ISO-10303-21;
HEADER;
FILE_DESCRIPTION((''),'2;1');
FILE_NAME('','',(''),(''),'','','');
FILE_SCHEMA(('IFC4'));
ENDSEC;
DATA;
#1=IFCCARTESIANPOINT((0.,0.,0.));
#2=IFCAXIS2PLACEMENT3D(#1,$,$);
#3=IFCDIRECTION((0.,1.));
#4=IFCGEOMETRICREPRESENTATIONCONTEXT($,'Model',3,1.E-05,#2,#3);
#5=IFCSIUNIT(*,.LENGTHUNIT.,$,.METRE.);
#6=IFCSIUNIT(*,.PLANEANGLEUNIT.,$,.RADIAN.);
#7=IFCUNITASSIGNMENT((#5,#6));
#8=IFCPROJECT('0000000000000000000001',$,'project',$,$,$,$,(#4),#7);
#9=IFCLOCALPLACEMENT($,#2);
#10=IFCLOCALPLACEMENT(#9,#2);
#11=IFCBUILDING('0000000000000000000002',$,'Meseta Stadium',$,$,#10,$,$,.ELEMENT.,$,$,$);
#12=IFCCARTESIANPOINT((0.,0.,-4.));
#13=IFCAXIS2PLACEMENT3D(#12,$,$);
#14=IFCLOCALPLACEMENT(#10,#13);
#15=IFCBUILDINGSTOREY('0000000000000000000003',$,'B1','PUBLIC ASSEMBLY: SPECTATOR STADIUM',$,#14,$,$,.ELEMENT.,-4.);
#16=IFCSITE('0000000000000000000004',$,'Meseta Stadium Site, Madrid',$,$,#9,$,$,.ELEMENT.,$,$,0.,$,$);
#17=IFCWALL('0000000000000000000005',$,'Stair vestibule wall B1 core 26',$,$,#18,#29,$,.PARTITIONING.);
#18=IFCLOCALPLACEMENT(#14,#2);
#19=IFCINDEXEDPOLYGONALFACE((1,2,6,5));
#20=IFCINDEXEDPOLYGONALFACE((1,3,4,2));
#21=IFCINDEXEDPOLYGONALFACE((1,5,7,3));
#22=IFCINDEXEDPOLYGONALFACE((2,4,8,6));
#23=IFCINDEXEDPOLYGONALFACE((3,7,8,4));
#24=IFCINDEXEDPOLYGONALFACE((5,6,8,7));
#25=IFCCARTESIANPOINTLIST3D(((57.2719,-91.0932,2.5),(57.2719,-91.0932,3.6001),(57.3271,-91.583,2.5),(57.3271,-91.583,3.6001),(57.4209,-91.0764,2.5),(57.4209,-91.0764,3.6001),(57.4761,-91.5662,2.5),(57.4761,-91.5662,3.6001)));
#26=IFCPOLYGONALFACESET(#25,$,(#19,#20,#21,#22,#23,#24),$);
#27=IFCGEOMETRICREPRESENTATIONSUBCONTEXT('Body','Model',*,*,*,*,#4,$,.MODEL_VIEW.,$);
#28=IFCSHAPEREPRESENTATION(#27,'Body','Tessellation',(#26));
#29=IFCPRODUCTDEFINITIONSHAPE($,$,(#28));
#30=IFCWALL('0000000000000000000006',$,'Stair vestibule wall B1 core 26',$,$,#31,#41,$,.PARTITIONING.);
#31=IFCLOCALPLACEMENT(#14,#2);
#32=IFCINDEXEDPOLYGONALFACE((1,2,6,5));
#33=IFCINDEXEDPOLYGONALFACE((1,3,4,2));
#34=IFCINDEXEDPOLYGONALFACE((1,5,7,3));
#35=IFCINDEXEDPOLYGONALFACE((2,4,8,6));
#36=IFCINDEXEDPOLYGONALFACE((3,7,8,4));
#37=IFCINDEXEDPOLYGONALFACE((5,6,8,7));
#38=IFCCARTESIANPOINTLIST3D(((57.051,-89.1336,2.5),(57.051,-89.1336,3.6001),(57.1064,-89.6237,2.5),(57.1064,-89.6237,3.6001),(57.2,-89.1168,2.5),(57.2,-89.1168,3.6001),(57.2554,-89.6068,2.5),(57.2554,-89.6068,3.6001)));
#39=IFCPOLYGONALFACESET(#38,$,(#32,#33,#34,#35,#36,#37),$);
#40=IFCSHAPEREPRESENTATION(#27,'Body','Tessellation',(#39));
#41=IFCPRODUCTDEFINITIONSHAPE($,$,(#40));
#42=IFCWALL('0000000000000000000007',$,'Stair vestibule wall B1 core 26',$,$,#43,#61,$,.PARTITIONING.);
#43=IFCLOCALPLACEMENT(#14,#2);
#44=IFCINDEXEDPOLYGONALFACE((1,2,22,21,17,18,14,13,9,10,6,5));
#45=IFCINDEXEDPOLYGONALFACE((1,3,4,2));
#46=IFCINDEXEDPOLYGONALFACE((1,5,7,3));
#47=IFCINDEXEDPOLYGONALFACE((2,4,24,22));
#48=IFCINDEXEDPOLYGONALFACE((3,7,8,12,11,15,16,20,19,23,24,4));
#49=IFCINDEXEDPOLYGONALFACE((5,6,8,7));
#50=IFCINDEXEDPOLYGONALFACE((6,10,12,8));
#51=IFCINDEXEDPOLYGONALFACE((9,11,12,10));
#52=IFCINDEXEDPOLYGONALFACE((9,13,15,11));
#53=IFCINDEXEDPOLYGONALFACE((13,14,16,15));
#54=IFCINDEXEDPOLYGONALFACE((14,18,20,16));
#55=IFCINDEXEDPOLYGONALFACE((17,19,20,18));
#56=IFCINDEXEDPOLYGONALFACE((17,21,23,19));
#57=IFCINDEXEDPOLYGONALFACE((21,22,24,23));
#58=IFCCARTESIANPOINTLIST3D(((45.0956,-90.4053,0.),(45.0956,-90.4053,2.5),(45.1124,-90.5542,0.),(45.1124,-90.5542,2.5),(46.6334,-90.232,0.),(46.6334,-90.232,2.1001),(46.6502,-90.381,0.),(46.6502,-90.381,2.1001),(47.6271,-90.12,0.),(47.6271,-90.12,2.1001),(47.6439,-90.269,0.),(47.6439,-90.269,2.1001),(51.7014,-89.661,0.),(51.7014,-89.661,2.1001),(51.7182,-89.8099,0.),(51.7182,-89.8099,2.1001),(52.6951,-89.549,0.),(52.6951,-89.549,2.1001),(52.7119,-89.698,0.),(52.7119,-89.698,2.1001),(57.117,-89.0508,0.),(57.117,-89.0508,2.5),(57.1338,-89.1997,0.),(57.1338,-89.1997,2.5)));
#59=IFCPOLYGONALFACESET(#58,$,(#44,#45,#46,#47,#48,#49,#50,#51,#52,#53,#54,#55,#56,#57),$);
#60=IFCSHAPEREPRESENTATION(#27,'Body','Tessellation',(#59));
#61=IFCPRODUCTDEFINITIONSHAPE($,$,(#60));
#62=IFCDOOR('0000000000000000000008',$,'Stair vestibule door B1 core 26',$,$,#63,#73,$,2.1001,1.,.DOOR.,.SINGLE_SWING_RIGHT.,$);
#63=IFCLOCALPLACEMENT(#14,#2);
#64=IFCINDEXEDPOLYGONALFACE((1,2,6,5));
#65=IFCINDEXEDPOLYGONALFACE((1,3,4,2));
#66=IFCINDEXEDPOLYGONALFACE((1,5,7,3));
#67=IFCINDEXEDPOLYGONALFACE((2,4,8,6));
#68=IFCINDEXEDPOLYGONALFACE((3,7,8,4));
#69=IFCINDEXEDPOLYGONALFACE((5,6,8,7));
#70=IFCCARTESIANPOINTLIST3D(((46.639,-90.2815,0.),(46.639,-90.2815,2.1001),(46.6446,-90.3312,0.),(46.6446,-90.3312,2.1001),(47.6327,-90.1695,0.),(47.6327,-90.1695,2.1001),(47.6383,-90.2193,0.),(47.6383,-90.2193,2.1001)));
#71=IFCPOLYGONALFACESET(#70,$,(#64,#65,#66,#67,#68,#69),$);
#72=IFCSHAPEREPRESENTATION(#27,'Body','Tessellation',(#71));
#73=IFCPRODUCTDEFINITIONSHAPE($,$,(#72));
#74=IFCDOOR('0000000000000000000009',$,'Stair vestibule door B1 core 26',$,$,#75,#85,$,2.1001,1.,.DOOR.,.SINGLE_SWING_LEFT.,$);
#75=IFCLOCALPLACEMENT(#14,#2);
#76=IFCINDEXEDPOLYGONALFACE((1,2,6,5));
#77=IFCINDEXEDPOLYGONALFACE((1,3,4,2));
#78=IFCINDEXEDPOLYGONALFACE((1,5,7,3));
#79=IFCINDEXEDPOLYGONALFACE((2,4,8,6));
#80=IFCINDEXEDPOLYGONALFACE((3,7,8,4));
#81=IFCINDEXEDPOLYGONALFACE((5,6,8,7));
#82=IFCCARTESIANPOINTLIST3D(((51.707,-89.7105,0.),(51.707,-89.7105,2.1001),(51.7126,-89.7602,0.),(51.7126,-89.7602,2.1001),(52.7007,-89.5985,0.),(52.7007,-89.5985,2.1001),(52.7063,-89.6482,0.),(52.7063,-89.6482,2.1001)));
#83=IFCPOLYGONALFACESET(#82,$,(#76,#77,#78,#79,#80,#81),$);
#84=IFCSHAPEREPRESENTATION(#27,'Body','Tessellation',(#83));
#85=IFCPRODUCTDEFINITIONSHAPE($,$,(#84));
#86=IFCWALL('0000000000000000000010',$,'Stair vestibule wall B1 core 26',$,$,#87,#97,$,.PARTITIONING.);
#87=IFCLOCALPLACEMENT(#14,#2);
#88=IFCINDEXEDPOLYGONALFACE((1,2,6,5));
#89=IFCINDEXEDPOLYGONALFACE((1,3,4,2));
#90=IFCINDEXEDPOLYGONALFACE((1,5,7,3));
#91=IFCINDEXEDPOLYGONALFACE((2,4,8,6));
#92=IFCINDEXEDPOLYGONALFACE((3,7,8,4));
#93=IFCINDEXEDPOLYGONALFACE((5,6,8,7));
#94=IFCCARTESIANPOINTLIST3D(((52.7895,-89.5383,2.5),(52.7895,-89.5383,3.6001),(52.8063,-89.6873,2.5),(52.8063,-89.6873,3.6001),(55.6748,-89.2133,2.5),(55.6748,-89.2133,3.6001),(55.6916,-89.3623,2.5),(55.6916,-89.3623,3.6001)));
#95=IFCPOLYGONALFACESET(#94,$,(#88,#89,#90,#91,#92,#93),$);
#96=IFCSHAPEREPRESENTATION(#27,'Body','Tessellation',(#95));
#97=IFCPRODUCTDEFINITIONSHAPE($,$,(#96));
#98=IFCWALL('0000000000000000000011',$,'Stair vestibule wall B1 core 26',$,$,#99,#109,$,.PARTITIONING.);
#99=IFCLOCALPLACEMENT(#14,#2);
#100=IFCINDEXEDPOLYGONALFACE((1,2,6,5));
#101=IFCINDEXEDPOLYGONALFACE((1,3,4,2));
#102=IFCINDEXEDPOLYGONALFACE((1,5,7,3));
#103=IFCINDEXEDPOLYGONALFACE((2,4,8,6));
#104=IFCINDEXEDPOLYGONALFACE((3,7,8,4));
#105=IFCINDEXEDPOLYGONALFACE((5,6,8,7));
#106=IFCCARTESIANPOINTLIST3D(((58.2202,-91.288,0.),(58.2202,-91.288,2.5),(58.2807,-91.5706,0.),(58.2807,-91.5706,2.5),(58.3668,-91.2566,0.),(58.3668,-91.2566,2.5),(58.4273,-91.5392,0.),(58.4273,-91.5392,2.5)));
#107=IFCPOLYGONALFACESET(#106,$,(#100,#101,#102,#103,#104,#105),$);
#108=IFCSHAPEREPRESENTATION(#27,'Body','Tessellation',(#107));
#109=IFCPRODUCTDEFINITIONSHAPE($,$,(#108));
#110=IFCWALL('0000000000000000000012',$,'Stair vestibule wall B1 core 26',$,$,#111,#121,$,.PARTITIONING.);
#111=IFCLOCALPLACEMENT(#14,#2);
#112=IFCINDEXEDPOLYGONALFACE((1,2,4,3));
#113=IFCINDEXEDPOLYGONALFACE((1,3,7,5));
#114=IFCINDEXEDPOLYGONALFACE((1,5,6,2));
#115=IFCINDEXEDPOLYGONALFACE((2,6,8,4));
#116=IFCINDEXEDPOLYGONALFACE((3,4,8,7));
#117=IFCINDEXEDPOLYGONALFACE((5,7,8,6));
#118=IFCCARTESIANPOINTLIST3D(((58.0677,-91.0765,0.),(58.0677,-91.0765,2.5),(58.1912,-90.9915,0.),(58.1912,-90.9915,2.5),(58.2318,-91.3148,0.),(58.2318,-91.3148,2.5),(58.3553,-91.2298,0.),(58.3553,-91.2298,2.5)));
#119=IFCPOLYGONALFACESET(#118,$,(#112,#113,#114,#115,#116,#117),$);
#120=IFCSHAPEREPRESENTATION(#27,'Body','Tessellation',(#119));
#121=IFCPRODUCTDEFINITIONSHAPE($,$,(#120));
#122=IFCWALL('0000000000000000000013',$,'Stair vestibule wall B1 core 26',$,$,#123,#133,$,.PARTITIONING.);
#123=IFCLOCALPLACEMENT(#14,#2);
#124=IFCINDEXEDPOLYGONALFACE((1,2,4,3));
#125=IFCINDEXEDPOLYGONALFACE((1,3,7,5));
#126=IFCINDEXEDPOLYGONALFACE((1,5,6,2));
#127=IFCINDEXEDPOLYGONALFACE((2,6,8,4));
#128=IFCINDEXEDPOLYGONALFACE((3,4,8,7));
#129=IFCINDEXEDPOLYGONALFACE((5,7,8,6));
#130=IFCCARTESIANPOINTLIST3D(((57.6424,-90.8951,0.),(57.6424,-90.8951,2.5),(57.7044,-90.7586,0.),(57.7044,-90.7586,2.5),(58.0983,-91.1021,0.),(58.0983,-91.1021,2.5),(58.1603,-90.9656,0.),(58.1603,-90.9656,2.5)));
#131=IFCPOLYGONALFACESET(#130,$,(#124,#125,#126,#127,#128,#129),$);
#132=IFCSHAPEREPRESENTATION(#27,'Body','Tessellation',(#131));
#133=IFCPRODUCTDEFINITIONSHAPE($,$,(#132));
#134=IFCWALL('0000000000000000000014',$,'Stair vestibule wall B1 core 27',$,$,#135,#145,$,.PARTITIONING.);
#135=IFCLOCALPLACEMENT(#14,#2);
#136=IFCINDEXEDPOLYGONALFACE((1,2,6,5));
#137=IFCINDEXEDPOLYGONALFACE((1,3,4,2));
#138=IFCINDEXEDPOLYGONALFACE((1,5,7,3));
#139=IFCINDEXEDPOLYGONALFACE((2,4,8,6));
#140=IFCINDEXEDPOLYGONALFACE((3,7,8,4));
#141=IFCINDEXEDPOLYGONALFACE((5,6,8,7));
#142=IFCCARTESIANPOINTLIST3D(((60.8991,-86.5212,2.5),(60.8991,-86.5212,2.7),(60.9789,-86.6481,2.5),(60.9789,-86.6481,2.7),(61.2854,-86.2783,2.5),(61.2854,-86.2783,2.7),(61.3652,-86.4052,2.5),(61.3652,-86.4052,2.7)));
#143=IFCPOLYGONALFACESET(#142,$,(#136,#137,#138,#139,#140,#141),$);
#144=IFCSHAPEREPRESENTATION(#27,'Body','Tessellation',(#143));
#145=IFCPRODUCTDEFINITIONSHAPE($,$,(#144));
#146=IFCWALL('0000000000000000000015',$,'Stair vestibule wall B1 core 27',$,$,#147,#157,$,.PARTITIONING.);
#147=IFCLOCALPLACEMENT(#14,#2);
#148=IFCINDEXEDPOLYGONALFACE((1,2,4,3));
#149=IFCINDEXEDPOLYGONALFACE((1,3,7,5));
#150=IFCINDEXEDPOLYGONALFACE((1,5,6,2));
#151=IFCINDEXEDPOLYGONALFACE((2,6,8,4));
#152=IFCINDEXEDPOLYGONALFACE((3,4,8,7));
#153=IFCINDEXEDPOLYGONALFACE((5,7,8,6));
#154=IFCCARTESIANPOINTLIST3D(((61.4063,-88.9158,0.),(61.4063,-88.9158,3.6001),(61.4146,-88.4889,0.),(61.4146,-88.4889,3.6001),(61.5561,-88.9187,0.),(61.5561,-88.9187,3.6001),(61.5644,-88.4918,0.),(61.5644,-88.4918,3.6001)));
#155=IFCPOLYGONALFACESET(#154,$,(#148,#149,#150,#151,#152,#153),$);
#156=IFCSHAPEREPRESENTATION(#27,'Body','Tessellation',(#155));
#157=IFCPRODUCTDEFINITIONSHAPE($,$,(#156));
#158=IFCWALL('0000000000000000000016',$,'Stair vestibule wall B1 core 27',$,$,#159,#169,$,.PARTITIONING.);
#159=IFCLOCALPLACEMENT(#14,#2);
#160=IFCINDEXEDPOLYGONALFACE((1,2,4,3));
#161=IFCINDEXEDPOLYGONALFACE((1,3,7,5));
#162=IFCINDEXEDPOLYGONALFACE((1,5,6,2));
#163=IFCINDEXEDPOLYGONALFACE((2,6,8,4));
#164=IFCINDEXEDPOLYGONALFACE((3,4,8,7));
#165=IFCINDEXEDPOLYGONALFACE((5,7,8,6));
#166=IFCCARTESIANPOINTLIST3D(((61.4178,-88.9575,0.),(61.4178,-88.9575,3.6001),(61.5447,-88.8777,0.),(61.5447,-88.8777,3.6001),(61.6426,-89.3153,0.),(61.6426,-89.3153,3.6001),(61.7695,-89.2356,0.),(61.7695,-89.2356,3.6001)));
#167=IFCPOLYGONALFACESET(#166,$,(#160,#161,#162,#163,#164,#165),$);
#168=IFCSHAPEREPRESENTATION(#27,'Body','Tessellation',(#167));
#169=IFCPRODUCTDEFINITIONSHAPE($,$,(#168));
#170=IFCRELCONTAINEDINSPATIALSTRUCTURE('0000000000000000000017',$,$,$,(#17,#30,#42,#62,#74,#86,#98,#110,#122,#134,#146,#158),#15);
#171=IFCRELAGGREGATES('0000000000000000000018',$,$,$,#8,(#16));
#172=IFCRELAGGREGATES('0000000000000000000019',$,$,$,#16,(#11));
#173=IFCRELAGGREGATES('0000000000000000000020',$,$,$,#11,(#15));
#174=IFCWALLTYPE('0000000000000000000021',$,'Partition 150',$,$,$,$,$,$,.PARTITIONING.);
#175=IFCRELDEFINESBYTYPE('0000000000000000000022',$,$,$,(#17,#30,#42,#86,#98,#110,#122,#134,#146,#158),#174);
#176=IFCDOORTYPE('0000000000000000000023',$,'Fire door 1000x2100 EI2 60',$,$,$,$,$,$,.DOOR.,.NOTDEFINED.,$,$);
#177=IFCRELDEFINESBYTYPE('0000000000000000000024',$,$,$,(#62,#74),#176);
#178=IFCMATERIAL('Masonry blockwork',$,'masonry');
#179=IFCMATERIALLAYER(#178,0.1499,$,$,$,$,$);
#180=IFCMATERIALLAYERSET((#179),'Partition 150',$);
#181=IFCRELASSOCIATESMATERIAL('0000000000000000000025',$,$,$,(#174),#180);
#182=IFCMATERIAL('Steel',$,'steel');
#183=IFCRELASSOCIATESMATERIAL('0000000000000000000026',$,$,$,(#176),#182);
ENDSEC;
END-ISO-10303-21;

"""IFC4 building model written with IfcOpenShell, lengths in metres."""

from ifc_helpers import new_model, si_unit, direction, frame, frame_2d, origin, place, context, subcontext, project, spatial, rectangle, extrude, material, layer, layer_set, type_object, element, fill, save


model = new_model("IFC4")

# Units and contexts
model_context = context("Model", 3, precision=1e-05, world=origin(), true_north=direction((0.0, 1.0)))
body_context = subcontext(model_context, "Body", "Model", "MODEL_VIEW")
ifc_project = project(units=[si_unit("LENGTHUNIT", "METRE"), si_unit("PLANEANGLEUNIT", "RADIAN")], contexts=[model_context])

# Site, building, storey
site_placement = place(None, origin())
site = spatial("IfcSite", under=ifc_project, at=site_placement, Name="Meseta Stadium Site, Madrid", CompositionType="ELEMENT", RefElevation=0.0)
building_placement = place(site_placement, origin())
building = spatial("IfcBuilding", under=site, at=building_placement, Name="Meseta Stadium", CompositionType="ELEMENT")
storey_placement = place(building_placement, frame((0.0, 0.0, -4.0)))
storey = spatial("IfcBuildingStorey", under=building, at=storey_placement, Name="B1", Description="PUBLIC ASSEMBLY: SPECTATOR STADIUM", CompositionType="ELEMENT", Elevation=-4.0)

# Shared definitions
ifc_material_1 = material(Name="Masonry blockwork", Category="masonry")
ifc_layer = layer(ifc_material_1, 0.1499)
ifc_layer_set = layer_set([ifc_layer], Name="Partition 150")
wall_type = type_object("IfcWallType", Name="Partition 150", PredefinedType="PARTITIONING", material=ifc_layer_set)

# Shared definitions
ifc_material_2 = material(Name="Steel", Category="steel")
door_type = type_object("IfcDoorType", Name="Fire door 1000x2100 EI2 60", OperationType="NOTDEFINED", PredefinedType="DOOR", material=ifc_material_2)

# Walls
wall_1_placement = place(storey_placement, frame((57.4016, -91.5747, 2.5), z_axis=(0.0, 0.0, 1.0), x_axis=(-0.111954, 0.993713, 0.0)))
element("IfcWall", 1, at=wall_1_placement, inside=storey, type_object=wall_type, Name="Stair vestibule wall B1 core 26", PredefinedType="PARTITIONING", context=body_context, shape_type="SweptSolid", body=[
    extrude(rectangle(XDim=0.4929, YDim=0.1499, at=frame_2d((0.2466, 0.0))), origin(), (0.0, 0.0, 1.0), 1.1001),
])
wall_2_placement = place(storey_placement, frame((57.1809, -89.6152, 2.5), z_axis=(0.0, 0.0, 1.0), x_axis=(-0.112388, 0.993664, 0.0)))
element("IfcWall", 2, at=wall_2_placement, inside=storey, type_object=wall_type, Name="Stair vestibule wall B1 core 26", PredefinedType="PARTITIONING", context=body_context, shape_type="SweptSolid", body=[
    extrude(rectangle(XDim=0.4932, YDim=0.1499, at=frame_2d((0.2466, 0.0))), origin(), (0.0, 0.0, 1.0), 1.1001),
])

# Wall, openings, doors
wall_3_placement = place(storey_placement, frame((57.1255, -89.1252, 0.0), z_axis=(0.0, 0.0, 1.0), x_axis=(-0.993712, -0.111966, 0.0)))
wall_3 = element("IfcWall", 3, at=wall_3_placement, inside=storey, type_object=wall_type, Name="Stair vestibule wall B1 core 26", PredefinedType="PARTITIONING", context=body_context, shape_type="SweptSolid", body=[
    extrude(rectangle(XDim=12.0974, YDim=0.1499, at=frame_2d((6.0488, 0.0))), origin(), (0.0, 0.0, 1.0), 2.5),
])
opening_1_placement = place(wall_3_placement, frame((9.55, 0.0, 0.0)))
opening_1 = element("IfcOpeningElement", 4, at=opening_1_placement, cuts=wall_3, PredefinedType="OPENING", context=body_context, shape_type="SweptSolid", body=[
    extrude(rectangle(XDim=1.0, YDim=2.1001, at=frame_2d((0.5, 1.05))), frame((0.0, 0.085, 0.0), z_axis=(0.0, -1.0, 0.0), x_axis=(1.0, 0.0, 0.0)), (0.0, 0.0, 1.0), 0.1699),
])
opening_2_placement = place(wall_3_placement, frame((4.45, 0.0, 0.0)))
opening_2 = element("IfcOpeningElement", 5, at=opening_2_placement, cuts=wall_3, PredefinedType="OPENING", context=body_context, shape_type="SweptSolid", body=[
    extrude(rectangle(XDim=1.0, YDim=2.1001, at=frame_2d((0.5, 1.05))), frame((0.0, 0.085, 0.0), z_axis=(0.0, -1.0, 0.0), x_axis=(1.0, 0.0, 0.0)), (0.0, 0.0, 1.0), 0.1699),
])
door_1_placement = place(opening_1_placement, origin())
door_1 = element("IfcDoor", 6, at=door_1_placement, inside=storey, type_object=door_type, Name="Stair vestibule door B1 core 26", OperationType="SINGLE_SWING_RIGHT", OverallHeight=2.1001, OverallWidth=1.0, PredefinedType="DOOR", context=body_context, shape_type="SweptSolid", body=[
    extrude(rectangle(XDim=1.0, YDim=2.1001, at=frame_2d((0.5, 1.05))), frame((0.0, 0.0249, 0.0), z_axis=(0.0, -1.0, 0.0), x_axis=(1.0, 0.0, 0.0)), (0.0, 0.0, 1.0), 0.05),
])
fill(opening_1, door_1)
door_2_placement = place(opening_2_placement, origin())
door_2 = element("IfcDoor", 7, at=door_2_placement, inside=storey, type_object=door_type, Name="Stair vestibule door B1 core 26", OperationType="SINGLE_SWING_LEFT", OverallHeight=2.1001, OverallWidth=1.0, PredefinedType="DOOR", context=body_context, shape_type="SweptSolid", body=[
    extrude(rectangle(XDim=1.0, YDim=2.1001, at=frame_2d((0.5, 1.05))), frame((0.0, 0.0249, 0.0), z_axis=(0.0, -1.0, 0.0), x_axis=(1.0, 0.0, 0.0)), (0.0, 0.0, 1.0), 0.05),
])
fill(opening_2, door_2)

# Walls
wall_4_placement = place(storey_placement, frame((55.6831, -89.2878, 2.5), z_axis=(0.0, 0.0, 1.0), x_axis=(-0.993718, -0.111917, 0.0)))
element("IfcWall", 8, at=wall_4_placement, inside=storey, type_object=wall_type, Name="Stair vestibule wall B1 core 26", PredefinedType="PARTITIONING", context=body_context, shape_type="SweptSolid", body=[
    extrude(rectangle(XDim=2.9036, YDim=0.1499, at=frame_2d((1.4517, 0.0))), origin(), (0.0, 0.0, 1.0), 1.1001),
])
wall_5_placement = place(storey_placement, frame((58.354, -91.5549, 0.0), z_axis=(0.0, 0.0, 1.0), x_axis=(-0.209414, 0.977827, 0.0)))
element("IfcWall", 9, at=wall_5_placement, inside=storey, type_object=wall_type, Name="Stair vestibule wall B1 core 26", PredefinedType="PARTITIONING", context=body_context, shape_type="SweptSolid", body=[
    extrude(rectangle(XDim=0.2891, YDim=0.1499, at=frame_2d((0.1445, 0.0))), origin(), (0.0, 0.0, 1.0), 2.5),
])
wall_6_placement = place(storey_placement, frame((58.2935, -91.2722, 0.0), z_axis=(0.0, 0.0, 1.0), x_axis=(-0.567102, 0.823648, 0.0)))
element("IfcWall", 10, at=wall_6_placement, inside=storey, type_object=wall_type, Name="Stair vestibule wall B1 core 26", PredefinedType="PARTITIONING", context=body_context, shape_type="SweptSolid", body=[
    extrude(rectangle(XDim=0.2893, YDim=0.1499, at=frame_2d((0.1445, 0.0))), origin(), (0.0, 0.0, 1.0), 2.5),
])
wall_7_placement = place(storey_placement, frame((58.1294, -91.0339, 0.0), z_axis=(0.0, 0.0, 1.0), x_axis=(-0.910483, 0.413546, 0.0)))
element("IfcWall", 11, at=wall_7_placement, inside=storey, type_object=wall_type, Name="Stair vestibule wall B1 core 26", PredefinedType="PARTITIONING", context=body_context, shape_type="SweptSolid", body=[
    extrude(rectangle(XDim=0.5007, YDim=0.1499, at=frame_2d((0.2505, 0.0))), origin(), (0.0, 0.0, 1.0), 2.5),
])
wall_8_placement = place(storey_placement, frame((61.3252, -86.3418, 2.5), z_axis=(0.0, 0.0, 1.0), x_axis=(-0.846492, -0.532402, 0.0)))
element("IfcWall", 12, at=wall_8_placement, inside=storey, type_object=wall_type, Name="Stair vestibule wall B1 core 27", PredefinedType="PARTITIONING", context=body_context, shape_type="SweptSolid", body=[
    extrude(rectangle(XDim=0.4563, YDim=0.1499, at=frame_2d((0.228, 0.0))), origin(), (0.0, 0.0, 1.0), 0.2),
])
wall_9_placement = place(storey_placement, frame((61.4895, -88.4905, 0.0), z_axis=(0.0, 0.0, 1.0), x_axis=(-0.019436, -0.999811, 0.0)))
element("IfcWall", 13, at=wall_9_placement, inside=storey, type_object=wall_type, Name="Stair vestibule wall B1 core 27", PredefinedType="PARTITIONING", context=body_context, shape_type="SweptSolid", body=[
    extrude(rectangle(XDim=0.427, YDim=0.1499, at=frame_2d((0.2134, 0.0))), origin(), (0.0, 0.0, 1.0), 3.6001),
])
wall_10_placement = place(storey_placement, frame((61.4812, -88.9175, 0.0), z_axis=(0.0, 0.0, 1.0), x_axis=(0.53197, -0.846763, 0.0)))
element("IfcWall", 14, at=wall_10_placement, inside=storey, type_object=wall_type, Name="Stair vestibule wall B1 core 27", PredefinedType="PARTITIONING", context=body_context, shape_type="SweptSolid", body=[
    extrude(rectangle(XDim=0.4226, YDim=0.1499, at=frame_2d((0.2114, 0.0))), origin(), (0.0, 0.0, 1.0), 3.6001),
])

save(model, "model.ifc")
